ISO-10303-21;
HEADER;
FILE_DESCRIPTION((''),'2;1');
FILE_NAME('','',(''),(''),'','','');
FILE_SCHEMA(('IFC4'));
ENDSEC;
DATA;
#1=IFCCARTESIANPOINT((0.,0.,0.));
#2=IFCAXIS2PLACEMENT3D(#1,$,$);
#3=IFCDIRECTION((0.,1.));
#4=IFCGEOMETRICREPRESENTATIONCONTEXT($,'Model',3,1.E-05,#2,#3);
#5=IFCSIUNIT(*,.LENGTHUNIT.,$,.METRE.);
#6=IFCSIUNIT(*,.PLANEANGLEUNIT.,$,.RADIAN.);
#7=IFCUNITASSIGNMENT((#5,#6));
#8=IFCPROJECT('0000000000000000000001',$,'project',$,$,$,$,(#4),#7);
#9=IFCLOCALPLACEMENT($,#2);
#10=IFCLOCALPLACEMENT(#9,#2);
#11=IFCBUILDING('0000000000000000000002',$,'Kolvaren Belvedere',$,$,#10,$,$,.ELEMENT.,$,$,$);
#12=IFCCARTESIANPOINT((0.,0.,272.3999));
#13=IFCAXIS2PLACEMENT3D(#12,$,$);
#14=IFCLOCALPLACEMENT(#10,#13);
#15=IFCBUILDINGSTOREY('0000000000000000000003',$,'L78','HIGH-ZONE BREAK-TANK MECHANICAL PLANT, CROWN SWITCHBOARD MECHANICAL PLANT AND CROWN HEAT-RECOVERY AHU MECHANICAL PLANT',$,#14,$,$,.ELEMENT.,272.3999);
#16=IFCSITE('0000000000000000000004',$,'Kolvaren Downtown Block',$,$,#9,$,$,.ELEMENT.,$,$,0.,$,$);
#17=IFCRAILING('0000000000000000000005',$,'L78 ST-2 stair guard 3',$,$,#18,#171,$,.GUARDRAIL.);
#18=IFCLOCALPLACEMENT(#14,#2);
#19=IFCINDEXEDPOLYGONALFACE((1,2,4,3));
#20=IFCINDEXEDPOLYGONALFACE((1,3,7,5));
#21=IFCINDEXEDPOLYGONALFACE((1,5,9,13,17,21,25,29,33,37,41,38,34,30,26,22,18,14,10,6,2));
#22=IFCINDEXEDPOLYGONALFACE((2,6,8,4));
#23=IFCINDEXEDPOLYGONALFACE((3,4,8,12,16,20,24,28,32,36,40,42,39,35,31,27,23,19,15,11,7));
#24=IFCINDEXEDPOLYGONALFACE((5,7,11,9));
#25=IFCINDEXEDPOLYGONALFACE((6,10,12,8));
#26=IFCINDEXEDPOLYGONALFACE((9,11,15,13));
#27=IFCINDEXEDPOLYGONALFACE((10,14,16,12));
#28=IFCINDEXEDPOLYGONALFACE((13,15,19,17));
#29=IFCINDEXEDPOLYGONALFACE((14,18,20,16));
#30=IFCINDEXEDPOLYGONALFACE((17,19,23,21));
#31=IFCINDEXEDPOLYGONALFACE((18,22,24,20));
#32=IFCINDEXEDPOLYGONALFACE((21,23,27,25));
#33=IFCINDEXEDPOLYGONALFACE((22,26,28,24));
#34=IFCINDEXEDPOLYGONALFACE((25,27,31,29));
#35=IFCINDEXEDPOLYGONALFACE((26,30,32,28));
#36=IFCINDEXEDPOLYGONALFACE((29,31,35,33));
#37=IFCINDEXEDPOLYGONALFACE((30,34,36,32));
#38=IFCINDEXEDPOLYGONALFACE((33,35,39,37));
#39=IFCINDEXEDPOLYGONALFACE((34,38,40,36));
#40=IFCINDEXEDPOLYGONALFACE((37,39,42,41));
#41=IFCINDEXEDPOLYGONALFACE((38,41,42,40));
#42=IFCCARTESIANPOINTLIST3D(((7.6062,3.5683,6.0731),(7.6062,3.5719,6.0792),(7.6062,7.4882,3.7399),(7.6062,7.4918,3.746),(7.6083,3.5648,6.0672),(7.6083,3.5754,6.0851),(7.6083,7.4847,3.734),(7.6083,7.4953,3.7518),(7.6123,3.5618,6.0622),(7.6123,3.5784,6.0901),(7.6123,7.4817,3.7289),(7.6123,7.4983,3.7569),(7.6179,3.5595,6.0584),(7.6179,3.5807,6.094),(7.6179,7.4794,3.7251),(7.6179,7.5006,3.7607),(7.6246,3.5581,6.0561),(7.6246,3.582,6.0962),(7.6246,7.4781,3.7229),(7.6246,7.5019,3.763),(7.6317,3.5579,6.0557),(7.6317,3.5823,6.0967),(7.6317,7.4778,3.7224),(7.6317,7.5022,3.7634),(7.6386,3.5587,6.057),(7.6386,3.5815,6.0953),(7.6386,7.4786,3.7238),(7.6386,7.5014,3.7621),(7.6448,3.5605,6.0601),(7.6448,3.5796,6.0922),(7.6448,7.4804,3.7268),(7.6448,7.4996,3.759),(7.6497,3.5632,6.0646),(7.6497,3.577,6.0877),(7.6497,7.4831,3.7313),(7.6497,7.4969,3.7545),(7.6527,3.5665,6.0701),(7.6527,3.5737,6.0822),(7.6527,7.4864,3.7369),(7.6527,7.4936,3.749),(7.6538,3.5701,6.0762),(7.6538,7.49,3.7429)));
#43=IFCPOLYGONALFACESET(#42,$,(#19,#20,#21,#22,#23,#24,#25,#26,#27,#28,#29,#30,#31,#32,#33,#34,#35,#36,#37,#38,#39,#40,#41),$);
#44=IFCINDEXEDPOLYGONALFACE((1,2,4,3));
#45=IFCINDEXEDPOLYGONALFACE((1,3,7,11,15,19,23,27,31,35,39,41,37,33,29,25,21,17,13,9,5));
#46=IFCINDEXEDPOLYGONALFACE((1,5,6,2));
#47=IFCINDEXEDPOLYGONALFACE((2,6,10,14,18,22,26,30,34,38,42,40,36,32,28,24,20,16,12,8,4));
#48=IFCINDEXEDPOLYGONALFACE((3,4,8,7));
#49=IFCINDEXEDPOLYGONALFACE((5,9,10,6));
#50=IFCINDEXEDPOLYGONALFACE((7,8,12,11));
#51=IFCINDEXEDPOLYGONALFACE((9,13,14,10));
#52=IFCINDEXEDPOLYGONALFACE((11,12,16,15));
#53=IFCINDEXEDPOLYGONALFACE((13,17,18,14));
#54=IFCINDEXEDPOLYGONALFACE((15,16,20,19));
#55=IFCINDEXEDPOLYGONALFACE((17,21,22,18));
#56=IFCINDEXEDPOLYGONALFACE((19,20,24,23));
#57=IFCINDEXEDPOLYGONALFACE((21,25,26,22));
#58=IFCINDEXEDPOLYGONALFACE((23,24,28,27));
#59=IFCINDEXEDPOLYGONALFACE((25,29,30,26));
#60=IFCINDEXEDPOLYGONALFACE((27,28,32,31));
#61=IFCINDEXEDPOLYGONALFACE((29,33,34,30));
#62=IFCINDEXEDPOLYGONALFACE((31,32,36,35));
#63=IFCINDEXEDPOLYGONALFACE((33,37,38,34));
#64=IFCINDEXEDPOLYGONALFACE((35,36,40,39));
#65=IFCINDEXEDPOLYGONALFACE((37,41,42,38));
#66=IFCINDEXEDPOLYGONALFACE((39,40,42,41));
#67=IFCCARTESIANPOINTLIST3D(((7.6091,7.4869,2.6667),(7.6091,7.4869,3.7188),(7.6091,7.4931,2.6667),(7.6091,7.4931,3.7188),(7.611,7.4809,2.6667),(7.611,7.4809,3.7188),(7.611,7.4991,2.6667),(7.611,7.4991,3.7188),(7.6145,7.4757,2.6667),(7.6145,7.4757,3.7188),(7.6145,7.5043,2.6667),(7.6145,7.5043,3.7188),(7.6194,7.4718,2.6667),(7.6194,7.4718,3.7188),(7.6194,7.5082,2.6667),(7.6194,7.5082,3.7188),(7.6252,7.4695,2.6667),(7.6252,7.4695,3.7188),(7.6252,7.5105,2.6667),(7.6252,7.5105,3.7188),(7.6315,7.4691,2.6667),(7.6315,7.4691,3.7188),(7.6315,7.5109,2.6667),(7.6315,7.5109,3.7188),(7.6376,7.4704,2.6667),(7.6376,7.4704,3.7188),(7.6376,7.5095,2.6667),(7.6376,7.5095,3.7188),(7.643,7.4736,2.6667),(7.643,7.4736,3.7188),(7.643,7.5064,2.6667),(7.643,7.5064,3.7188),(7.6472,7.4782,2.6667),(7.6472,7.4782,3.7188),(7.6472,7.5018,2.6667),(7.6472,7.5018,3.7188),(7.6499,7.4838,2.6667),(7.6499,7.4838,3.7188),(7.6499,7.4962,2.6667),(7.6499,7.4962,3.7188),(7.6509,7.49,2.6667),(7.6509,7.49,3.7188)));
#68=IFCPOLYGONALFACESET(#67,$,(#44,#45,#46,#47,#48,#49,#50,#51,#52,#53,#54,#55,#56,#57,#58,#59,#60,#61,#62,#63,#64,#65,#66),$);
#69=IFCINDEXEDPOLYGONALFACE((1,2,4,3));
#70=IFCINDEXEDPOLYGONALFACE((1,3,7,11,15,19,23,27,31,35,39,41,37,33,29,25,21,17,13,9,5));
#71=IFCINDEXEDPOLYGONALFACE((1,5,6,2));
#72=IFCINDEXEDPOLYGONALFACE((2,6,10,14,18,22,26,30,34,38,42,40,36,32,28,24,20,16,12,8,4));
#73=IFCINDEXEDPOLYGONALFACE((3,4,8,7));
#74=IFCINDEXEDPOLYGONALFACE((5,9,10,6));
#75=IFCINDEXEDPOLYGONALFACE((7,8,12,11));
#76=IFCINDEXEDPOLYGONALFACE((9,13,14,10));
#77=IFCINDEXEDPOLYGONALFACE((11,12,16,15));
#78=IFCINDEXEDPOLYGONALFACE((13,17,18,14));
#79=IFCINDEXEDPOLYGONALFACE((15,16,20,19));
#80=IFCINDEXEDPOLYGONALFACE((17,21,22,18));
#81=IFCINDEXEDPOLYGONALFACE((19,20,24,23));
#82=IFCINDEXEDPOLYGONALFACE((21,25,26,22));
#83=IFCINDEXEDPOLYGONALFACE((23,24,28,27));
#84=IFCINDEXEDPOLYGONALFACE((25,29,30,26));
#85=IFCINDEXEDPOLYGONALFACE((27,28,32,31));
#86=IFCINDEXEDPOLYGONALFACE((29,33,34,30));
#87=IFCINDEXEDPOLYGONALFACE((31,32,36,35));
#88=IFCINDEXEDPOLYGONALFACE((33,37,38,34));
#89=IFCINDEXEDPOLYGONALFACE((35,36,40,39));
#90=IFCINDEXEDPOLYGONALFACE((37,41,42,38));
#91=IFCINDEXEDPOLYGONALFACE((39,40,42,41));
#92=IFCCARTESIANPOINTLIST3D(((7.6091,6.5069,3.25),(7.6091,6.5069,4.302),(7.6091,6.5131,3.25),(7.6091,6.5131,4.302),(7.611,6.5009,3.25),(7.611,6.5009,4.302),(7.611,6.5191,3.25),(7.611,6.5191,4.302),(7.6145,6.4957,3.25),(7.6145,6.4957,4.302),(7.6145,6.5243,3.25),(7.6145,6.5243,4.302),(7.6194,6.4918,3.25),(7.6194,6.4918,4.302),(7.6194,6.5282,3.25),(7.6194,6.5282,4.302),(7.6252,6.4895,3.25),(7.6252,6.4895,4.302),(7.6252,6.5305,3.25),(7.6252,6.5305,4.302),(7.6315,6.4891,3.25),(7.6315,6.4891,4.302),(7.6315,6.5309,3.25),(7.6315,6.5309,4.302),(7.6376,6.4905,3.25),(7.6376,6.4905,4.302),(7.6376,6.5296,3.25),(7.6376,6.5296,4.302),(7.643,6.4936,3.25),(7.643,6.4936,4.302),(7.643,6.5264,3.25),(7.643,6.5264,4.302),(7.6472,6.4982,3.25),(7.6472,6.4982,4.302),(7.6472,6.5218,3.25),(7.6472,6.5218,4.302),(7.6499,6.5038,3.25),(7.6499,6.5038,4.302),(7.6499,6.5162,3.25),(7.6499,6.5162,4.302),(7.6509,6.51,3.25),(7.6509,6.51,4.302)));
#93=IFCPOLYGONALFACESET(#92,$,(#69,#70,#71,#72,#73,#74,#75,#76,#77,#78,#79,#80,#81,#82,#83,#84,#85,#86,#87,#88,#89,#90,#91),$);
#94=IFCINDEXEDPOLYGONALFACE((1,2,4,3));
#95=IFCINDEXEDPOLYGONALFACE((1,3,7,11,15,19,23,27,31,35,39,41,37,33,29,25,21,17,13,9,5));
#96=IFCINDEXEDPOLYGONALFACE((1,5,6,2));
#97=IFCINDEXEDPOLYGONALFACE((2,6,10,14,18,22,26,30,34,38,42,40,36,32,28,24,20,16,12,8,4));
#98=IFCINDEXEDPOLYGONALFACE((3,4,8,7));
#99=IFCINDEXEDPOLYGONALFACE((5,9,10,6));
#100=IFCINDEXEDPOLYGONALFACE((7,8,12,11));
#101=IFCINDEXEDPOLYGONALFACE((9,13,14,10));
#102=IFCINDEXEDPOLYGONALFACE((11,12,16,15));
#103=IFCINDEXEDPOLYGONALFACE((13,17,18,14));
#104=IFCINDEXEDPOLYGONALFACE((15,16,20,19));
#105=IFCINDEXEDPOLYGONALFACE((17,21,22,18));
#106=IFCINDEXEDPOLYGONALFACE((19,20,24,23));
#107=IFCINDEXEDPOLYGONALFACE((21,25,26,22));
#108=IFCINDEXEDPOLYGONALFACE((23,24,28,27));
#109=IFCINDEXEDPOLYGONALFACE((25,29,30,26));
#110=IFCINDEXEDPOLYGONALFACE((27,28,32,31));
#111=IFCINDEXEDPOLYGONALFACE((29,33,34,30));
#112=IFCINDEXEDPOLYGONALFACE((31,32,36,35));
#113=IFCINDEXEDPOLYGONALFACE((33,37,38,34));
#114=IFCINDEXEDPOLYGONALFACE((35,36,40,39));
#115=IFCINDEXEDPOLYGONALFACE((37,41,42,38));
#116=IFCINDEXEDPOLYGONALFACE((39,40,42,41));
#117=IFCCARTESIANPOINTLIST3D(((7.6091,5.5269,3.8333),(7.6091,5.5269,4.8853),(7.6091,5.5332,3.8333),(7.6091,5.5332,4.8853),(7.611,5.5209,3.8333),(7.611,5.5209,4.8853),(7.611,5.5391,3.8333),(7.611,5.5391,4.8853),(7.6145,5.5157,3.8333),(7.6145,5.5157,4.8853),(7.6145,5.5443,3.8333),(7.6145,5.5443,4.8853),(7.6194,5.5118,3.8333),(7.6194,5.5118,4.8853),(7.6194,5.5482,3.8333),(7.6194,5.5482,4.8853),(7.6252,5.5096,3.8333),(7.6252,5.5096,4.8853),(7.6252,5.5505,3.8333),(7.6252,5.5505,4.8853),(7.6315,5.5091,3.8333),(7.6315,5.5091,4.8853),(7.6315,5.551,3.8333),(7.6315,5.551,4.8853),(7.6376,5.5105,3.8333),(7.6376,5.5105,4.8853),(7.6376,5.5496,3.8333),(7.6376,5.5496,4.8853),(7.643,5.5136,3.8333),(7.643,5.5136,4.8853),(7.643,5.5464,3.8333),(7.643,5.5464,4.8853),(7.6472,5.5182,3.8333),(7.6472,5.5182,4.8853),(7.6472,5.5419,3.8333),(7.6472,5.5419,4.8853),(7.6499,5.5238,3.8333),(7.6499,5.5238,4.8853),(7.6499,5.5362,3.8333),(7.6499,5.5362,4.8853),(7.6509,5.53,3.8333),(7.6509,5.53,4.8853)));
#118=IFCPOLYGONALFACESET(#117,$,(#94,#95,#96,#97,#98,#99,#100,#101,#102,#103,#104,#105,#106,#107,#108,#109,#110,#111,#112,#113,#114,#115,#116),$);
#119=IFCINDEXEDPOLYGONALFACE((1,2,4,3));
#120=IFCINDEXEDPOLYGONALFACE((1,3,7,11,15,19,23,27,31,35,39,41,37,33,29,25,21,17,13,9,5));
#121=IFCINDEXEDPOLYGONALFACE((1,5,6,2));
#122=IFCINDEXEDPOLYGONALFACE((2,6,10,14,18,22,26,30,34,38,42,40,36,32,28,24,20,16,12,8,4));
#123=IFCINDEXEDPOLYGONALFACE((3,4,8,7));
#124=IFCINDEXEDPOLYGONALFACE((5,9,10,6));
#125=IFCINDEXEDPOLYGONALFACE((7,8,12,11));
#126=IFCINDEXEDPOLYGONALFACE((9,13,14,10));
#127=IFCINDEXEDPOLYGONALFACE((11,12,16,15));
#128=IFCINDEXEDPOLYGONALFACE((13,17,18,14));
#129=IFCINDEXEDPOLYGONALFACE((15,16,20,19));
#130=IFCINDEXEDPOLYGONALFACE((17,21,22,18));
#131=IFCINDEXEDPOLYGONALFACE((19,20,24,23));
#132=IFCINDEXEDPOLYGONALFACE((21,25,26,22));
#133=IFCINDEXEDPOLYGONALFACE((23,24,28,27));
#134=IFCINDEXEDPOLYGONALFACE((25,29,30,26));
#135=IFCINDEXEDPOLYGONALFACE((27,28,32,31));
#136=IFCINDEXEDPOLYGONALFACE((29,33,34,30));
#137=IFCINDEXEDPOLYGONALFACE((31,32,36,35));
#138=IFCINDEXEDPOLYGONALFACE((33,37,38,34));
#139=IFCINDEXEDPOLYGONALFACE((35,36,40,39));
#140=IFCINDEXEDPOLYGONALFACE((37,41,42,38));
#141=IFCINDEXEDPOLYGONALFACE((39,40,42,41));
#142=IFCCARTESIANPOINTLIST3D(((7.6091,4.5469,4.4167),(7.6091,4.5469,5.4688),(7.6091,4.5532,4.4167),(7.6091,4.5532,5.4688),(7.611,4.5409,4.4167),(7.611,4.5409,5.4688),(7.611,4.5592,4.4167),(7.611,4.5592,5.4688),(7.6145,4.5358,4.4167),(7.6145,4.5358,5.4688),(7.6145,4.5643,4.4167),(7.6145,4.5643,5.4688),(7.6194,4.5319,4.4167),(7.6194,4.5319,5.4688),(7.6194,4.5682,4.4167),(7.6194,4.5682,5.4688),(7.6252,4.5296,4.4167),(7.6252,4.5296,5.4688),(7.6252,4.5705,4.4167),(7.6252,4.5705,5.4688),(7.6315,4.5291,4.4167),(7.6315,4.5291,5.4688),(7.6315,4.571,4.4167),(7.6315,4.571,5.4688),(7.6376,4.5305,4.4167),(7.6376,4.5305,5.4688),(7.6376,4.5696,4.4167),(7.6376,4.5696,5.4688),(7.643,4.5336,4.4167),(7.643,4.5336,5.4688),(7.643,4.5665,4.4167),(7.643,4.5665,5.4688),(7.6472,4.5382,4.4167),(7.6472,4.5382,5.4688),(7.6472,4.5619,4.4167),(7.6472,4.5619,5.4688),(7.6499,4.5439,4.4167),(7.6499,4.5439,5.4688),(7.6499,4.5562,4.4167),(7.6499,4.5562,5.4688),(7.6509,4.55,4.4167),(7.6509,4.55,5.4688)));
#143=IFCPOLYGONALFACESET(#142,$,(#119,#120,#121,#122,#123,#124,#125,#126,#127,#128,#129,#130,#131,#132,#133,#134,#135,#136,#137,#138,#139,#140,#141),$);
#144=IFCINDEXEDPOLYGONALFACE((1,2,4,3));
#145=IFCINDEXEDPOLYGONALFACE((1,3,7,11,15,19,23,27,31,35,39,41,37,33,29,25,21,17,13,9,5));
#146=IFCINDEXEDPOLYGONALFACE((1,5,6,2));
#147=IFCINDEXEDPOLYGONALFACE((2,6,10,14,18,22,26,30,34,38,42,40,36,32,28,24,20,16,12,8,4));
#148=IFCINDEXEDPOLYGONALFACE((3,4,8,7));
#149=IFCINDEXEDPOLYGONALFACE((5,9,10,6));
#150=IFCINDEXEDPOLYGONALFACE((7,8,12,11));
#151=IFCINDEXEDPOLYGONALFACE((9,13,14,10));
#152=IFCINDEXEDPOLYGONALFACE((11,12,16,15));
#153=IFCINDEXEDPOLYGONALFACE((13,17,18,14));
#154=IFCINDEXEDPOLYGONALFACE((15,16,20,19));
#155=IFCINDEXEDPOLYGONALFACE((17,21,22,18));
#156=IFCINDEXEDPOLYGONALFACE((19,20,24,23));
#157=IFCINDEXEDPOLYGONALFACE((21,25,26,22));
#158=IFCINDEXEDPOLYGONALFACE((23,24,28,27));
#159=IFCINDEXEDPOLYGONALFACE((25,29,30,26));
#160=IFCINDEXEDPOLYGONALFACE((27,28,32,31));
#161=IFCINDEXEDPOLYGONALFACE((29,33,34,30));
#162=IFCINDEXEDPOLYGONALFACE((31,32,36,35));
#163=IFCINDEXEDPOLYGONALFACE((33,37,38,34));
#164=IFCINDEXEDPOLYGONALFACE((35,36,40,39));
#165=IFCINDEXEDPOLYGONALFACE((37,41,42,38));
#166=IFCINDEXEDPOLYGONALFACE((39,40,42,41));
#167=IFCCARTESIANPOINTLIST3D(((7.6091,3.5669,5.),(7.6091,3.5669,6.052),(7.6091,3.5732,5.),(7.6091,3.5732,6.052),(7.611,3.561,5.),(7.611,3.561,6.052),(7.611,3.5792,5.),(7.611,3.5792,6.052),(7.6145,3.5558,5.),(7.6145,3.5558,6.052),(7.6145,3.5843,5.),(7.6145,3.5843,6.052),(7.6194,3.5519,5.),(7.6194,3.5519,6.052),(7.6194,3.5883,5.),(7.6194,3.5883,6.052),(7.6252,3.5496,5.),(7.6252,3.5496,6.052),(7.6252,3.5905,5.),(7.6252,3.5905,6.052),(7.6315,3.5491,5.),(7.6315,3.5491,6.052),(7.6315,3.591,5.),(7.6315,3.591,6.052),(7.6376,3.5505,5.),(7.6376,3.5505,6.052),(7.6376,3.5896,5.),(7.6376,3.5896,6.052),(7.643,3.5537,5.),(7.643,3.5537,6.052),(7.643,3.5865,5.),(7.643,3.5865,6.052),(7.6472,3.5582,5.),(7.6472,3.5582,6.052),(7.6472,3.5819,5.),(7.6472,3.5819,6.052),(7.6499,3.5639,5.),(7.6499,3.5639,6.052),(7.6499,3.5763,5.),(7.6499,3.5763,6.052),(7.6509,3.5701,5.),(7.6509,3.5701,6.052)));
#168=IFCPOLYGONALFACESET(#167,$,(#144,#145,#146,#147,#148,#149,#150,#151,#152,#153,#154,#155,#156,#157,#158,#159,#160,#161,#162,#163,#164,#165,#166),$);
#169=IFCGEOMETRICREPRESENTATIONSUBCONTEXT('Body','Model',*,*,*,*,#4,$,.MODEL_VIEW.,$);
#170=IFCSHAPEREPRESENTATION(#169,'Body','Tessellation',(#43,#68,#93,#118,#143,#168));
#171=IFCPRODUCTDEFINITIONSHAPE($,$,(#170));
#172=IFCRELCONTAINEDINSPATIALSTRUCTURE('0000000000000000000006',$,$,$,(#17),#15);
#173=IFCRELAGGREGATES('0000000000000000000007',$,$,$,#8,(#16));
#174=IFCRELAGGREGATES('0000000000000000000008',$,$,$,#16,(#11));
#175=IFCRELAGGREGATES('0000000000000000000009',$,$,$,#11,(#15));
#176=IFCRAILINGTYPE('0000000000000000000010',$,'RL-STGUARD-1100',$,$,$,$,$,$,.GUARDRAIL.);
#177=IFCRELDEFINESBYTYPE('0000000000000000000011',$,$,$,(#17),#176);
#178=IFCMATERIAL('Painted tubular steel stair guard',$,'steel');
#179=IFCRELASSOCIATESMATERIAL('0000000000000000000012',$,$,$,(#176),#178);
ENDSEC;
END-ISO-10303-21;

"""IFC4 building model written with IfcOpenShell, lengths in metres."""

from ifc_helpers import new_model, si_unit, direction, frame, origin, origin_2d, place, context, subcontext, project, spatial, circle, extrude, material, type_object, element, save


model = new_model("IFC4")

# Units and contexts
model_context = context("Model", 3, precision=1e-05, world=origin(), true_north=direction((0.0, 1.0)))
body_context = subcontext(model_context, "Body", "Model", "MODEL_VIEW")
ifc_project = project(units=[si_unit("LENGTHUNIT", "METRE"), si_unit("PLANEANGLEUNIT", "RADIAN")], contexts=[model_context])

# Site, building, storey
site_placement = place(None, origin())
site = spatial("IfcSite", under=ifc_project, at=site_placement, Name="Kolvaren Downtown Block", CompositionType="ELEMENT", RefElevation=0.0)
building_placement = place(site_placement, origin())
building = spatial("IfcBuilding", under=site, at=building_placement, Name="Kolvaren Belvedere", CompositionType="ELEMENT")
storey_placement = place(building_placement, frame((0.0, 0.0, 272.3999)))
storey = spatial("IfcBuildingStorey", under=building, at=storey_placement, Name="L78", Description="HIGH-ZONE BREAK-TANK MECHANICAL PLANT, CROWN SWITCHBOARD MECHANICAL PLANT AND CROWN HEAT-RECOVERY AHU MECHANICAL PLANT", CompositionType="ELEMENT", Elevation=272.3999)

# Railing
ifc_material_1 = material(Name="Painted tubular steel stair guard", Category="steel")
railing_type_1 = type_object("IfcRailingType", Name="RL-STGUARD-1100", PredefinedType="GUARDRAIL", material=ifc_material_1)
railing_1_placement = place(storey_placement, frame((7.6299, 7.49, 2.6667)))
element("IfcRailing", 1, at=railing_1_placement, inside=storey, type_object=railing_type_1, Name="L78 ST-2 stair guard 3", PredefinedType="GUARDRAIL", context=body_context, shape_type="SweptSolid", body=[
    extrude(circle(Radius=0.0239, at=origin_2d()), frame((0.0, 0.0, 1.0762), z_axis=(0.0, -0.859296, 0.511478), x_axis=(1.0, 0.0, 0.0)), (0.0, 0.0, 1.0), 4.5618),
    extrude(circle(Radius=0.021, at=origin_2d()), origin(), (0.0, 0.0, 1.0), 1.052),
    extrude(circle(Radius=0.021, at=origin_2d()), frame((0.0, -0.98, 0.5833)), (0.0, 0.0, 1.0), 1.052),
    extrude(circle(Radius=0.021, at=origin_2d()), frame((0.0, -1.96, 1.1665)), (0.0, 0.0, 1.0), 1.052),
    extrude(circle(Radius=0.021, at=origin_2d()), frame((0.0, -2.9399, 1.75)), (0.0, 0.0, 1.0), 1.052),
    extrude(circle(Radius=0.021, at=origin_2d()), frame((0.0, -3.9199, 2.3333)), (0.0, 0.0, 1.0), 1.052),
])

save(model, "model.ifc")
